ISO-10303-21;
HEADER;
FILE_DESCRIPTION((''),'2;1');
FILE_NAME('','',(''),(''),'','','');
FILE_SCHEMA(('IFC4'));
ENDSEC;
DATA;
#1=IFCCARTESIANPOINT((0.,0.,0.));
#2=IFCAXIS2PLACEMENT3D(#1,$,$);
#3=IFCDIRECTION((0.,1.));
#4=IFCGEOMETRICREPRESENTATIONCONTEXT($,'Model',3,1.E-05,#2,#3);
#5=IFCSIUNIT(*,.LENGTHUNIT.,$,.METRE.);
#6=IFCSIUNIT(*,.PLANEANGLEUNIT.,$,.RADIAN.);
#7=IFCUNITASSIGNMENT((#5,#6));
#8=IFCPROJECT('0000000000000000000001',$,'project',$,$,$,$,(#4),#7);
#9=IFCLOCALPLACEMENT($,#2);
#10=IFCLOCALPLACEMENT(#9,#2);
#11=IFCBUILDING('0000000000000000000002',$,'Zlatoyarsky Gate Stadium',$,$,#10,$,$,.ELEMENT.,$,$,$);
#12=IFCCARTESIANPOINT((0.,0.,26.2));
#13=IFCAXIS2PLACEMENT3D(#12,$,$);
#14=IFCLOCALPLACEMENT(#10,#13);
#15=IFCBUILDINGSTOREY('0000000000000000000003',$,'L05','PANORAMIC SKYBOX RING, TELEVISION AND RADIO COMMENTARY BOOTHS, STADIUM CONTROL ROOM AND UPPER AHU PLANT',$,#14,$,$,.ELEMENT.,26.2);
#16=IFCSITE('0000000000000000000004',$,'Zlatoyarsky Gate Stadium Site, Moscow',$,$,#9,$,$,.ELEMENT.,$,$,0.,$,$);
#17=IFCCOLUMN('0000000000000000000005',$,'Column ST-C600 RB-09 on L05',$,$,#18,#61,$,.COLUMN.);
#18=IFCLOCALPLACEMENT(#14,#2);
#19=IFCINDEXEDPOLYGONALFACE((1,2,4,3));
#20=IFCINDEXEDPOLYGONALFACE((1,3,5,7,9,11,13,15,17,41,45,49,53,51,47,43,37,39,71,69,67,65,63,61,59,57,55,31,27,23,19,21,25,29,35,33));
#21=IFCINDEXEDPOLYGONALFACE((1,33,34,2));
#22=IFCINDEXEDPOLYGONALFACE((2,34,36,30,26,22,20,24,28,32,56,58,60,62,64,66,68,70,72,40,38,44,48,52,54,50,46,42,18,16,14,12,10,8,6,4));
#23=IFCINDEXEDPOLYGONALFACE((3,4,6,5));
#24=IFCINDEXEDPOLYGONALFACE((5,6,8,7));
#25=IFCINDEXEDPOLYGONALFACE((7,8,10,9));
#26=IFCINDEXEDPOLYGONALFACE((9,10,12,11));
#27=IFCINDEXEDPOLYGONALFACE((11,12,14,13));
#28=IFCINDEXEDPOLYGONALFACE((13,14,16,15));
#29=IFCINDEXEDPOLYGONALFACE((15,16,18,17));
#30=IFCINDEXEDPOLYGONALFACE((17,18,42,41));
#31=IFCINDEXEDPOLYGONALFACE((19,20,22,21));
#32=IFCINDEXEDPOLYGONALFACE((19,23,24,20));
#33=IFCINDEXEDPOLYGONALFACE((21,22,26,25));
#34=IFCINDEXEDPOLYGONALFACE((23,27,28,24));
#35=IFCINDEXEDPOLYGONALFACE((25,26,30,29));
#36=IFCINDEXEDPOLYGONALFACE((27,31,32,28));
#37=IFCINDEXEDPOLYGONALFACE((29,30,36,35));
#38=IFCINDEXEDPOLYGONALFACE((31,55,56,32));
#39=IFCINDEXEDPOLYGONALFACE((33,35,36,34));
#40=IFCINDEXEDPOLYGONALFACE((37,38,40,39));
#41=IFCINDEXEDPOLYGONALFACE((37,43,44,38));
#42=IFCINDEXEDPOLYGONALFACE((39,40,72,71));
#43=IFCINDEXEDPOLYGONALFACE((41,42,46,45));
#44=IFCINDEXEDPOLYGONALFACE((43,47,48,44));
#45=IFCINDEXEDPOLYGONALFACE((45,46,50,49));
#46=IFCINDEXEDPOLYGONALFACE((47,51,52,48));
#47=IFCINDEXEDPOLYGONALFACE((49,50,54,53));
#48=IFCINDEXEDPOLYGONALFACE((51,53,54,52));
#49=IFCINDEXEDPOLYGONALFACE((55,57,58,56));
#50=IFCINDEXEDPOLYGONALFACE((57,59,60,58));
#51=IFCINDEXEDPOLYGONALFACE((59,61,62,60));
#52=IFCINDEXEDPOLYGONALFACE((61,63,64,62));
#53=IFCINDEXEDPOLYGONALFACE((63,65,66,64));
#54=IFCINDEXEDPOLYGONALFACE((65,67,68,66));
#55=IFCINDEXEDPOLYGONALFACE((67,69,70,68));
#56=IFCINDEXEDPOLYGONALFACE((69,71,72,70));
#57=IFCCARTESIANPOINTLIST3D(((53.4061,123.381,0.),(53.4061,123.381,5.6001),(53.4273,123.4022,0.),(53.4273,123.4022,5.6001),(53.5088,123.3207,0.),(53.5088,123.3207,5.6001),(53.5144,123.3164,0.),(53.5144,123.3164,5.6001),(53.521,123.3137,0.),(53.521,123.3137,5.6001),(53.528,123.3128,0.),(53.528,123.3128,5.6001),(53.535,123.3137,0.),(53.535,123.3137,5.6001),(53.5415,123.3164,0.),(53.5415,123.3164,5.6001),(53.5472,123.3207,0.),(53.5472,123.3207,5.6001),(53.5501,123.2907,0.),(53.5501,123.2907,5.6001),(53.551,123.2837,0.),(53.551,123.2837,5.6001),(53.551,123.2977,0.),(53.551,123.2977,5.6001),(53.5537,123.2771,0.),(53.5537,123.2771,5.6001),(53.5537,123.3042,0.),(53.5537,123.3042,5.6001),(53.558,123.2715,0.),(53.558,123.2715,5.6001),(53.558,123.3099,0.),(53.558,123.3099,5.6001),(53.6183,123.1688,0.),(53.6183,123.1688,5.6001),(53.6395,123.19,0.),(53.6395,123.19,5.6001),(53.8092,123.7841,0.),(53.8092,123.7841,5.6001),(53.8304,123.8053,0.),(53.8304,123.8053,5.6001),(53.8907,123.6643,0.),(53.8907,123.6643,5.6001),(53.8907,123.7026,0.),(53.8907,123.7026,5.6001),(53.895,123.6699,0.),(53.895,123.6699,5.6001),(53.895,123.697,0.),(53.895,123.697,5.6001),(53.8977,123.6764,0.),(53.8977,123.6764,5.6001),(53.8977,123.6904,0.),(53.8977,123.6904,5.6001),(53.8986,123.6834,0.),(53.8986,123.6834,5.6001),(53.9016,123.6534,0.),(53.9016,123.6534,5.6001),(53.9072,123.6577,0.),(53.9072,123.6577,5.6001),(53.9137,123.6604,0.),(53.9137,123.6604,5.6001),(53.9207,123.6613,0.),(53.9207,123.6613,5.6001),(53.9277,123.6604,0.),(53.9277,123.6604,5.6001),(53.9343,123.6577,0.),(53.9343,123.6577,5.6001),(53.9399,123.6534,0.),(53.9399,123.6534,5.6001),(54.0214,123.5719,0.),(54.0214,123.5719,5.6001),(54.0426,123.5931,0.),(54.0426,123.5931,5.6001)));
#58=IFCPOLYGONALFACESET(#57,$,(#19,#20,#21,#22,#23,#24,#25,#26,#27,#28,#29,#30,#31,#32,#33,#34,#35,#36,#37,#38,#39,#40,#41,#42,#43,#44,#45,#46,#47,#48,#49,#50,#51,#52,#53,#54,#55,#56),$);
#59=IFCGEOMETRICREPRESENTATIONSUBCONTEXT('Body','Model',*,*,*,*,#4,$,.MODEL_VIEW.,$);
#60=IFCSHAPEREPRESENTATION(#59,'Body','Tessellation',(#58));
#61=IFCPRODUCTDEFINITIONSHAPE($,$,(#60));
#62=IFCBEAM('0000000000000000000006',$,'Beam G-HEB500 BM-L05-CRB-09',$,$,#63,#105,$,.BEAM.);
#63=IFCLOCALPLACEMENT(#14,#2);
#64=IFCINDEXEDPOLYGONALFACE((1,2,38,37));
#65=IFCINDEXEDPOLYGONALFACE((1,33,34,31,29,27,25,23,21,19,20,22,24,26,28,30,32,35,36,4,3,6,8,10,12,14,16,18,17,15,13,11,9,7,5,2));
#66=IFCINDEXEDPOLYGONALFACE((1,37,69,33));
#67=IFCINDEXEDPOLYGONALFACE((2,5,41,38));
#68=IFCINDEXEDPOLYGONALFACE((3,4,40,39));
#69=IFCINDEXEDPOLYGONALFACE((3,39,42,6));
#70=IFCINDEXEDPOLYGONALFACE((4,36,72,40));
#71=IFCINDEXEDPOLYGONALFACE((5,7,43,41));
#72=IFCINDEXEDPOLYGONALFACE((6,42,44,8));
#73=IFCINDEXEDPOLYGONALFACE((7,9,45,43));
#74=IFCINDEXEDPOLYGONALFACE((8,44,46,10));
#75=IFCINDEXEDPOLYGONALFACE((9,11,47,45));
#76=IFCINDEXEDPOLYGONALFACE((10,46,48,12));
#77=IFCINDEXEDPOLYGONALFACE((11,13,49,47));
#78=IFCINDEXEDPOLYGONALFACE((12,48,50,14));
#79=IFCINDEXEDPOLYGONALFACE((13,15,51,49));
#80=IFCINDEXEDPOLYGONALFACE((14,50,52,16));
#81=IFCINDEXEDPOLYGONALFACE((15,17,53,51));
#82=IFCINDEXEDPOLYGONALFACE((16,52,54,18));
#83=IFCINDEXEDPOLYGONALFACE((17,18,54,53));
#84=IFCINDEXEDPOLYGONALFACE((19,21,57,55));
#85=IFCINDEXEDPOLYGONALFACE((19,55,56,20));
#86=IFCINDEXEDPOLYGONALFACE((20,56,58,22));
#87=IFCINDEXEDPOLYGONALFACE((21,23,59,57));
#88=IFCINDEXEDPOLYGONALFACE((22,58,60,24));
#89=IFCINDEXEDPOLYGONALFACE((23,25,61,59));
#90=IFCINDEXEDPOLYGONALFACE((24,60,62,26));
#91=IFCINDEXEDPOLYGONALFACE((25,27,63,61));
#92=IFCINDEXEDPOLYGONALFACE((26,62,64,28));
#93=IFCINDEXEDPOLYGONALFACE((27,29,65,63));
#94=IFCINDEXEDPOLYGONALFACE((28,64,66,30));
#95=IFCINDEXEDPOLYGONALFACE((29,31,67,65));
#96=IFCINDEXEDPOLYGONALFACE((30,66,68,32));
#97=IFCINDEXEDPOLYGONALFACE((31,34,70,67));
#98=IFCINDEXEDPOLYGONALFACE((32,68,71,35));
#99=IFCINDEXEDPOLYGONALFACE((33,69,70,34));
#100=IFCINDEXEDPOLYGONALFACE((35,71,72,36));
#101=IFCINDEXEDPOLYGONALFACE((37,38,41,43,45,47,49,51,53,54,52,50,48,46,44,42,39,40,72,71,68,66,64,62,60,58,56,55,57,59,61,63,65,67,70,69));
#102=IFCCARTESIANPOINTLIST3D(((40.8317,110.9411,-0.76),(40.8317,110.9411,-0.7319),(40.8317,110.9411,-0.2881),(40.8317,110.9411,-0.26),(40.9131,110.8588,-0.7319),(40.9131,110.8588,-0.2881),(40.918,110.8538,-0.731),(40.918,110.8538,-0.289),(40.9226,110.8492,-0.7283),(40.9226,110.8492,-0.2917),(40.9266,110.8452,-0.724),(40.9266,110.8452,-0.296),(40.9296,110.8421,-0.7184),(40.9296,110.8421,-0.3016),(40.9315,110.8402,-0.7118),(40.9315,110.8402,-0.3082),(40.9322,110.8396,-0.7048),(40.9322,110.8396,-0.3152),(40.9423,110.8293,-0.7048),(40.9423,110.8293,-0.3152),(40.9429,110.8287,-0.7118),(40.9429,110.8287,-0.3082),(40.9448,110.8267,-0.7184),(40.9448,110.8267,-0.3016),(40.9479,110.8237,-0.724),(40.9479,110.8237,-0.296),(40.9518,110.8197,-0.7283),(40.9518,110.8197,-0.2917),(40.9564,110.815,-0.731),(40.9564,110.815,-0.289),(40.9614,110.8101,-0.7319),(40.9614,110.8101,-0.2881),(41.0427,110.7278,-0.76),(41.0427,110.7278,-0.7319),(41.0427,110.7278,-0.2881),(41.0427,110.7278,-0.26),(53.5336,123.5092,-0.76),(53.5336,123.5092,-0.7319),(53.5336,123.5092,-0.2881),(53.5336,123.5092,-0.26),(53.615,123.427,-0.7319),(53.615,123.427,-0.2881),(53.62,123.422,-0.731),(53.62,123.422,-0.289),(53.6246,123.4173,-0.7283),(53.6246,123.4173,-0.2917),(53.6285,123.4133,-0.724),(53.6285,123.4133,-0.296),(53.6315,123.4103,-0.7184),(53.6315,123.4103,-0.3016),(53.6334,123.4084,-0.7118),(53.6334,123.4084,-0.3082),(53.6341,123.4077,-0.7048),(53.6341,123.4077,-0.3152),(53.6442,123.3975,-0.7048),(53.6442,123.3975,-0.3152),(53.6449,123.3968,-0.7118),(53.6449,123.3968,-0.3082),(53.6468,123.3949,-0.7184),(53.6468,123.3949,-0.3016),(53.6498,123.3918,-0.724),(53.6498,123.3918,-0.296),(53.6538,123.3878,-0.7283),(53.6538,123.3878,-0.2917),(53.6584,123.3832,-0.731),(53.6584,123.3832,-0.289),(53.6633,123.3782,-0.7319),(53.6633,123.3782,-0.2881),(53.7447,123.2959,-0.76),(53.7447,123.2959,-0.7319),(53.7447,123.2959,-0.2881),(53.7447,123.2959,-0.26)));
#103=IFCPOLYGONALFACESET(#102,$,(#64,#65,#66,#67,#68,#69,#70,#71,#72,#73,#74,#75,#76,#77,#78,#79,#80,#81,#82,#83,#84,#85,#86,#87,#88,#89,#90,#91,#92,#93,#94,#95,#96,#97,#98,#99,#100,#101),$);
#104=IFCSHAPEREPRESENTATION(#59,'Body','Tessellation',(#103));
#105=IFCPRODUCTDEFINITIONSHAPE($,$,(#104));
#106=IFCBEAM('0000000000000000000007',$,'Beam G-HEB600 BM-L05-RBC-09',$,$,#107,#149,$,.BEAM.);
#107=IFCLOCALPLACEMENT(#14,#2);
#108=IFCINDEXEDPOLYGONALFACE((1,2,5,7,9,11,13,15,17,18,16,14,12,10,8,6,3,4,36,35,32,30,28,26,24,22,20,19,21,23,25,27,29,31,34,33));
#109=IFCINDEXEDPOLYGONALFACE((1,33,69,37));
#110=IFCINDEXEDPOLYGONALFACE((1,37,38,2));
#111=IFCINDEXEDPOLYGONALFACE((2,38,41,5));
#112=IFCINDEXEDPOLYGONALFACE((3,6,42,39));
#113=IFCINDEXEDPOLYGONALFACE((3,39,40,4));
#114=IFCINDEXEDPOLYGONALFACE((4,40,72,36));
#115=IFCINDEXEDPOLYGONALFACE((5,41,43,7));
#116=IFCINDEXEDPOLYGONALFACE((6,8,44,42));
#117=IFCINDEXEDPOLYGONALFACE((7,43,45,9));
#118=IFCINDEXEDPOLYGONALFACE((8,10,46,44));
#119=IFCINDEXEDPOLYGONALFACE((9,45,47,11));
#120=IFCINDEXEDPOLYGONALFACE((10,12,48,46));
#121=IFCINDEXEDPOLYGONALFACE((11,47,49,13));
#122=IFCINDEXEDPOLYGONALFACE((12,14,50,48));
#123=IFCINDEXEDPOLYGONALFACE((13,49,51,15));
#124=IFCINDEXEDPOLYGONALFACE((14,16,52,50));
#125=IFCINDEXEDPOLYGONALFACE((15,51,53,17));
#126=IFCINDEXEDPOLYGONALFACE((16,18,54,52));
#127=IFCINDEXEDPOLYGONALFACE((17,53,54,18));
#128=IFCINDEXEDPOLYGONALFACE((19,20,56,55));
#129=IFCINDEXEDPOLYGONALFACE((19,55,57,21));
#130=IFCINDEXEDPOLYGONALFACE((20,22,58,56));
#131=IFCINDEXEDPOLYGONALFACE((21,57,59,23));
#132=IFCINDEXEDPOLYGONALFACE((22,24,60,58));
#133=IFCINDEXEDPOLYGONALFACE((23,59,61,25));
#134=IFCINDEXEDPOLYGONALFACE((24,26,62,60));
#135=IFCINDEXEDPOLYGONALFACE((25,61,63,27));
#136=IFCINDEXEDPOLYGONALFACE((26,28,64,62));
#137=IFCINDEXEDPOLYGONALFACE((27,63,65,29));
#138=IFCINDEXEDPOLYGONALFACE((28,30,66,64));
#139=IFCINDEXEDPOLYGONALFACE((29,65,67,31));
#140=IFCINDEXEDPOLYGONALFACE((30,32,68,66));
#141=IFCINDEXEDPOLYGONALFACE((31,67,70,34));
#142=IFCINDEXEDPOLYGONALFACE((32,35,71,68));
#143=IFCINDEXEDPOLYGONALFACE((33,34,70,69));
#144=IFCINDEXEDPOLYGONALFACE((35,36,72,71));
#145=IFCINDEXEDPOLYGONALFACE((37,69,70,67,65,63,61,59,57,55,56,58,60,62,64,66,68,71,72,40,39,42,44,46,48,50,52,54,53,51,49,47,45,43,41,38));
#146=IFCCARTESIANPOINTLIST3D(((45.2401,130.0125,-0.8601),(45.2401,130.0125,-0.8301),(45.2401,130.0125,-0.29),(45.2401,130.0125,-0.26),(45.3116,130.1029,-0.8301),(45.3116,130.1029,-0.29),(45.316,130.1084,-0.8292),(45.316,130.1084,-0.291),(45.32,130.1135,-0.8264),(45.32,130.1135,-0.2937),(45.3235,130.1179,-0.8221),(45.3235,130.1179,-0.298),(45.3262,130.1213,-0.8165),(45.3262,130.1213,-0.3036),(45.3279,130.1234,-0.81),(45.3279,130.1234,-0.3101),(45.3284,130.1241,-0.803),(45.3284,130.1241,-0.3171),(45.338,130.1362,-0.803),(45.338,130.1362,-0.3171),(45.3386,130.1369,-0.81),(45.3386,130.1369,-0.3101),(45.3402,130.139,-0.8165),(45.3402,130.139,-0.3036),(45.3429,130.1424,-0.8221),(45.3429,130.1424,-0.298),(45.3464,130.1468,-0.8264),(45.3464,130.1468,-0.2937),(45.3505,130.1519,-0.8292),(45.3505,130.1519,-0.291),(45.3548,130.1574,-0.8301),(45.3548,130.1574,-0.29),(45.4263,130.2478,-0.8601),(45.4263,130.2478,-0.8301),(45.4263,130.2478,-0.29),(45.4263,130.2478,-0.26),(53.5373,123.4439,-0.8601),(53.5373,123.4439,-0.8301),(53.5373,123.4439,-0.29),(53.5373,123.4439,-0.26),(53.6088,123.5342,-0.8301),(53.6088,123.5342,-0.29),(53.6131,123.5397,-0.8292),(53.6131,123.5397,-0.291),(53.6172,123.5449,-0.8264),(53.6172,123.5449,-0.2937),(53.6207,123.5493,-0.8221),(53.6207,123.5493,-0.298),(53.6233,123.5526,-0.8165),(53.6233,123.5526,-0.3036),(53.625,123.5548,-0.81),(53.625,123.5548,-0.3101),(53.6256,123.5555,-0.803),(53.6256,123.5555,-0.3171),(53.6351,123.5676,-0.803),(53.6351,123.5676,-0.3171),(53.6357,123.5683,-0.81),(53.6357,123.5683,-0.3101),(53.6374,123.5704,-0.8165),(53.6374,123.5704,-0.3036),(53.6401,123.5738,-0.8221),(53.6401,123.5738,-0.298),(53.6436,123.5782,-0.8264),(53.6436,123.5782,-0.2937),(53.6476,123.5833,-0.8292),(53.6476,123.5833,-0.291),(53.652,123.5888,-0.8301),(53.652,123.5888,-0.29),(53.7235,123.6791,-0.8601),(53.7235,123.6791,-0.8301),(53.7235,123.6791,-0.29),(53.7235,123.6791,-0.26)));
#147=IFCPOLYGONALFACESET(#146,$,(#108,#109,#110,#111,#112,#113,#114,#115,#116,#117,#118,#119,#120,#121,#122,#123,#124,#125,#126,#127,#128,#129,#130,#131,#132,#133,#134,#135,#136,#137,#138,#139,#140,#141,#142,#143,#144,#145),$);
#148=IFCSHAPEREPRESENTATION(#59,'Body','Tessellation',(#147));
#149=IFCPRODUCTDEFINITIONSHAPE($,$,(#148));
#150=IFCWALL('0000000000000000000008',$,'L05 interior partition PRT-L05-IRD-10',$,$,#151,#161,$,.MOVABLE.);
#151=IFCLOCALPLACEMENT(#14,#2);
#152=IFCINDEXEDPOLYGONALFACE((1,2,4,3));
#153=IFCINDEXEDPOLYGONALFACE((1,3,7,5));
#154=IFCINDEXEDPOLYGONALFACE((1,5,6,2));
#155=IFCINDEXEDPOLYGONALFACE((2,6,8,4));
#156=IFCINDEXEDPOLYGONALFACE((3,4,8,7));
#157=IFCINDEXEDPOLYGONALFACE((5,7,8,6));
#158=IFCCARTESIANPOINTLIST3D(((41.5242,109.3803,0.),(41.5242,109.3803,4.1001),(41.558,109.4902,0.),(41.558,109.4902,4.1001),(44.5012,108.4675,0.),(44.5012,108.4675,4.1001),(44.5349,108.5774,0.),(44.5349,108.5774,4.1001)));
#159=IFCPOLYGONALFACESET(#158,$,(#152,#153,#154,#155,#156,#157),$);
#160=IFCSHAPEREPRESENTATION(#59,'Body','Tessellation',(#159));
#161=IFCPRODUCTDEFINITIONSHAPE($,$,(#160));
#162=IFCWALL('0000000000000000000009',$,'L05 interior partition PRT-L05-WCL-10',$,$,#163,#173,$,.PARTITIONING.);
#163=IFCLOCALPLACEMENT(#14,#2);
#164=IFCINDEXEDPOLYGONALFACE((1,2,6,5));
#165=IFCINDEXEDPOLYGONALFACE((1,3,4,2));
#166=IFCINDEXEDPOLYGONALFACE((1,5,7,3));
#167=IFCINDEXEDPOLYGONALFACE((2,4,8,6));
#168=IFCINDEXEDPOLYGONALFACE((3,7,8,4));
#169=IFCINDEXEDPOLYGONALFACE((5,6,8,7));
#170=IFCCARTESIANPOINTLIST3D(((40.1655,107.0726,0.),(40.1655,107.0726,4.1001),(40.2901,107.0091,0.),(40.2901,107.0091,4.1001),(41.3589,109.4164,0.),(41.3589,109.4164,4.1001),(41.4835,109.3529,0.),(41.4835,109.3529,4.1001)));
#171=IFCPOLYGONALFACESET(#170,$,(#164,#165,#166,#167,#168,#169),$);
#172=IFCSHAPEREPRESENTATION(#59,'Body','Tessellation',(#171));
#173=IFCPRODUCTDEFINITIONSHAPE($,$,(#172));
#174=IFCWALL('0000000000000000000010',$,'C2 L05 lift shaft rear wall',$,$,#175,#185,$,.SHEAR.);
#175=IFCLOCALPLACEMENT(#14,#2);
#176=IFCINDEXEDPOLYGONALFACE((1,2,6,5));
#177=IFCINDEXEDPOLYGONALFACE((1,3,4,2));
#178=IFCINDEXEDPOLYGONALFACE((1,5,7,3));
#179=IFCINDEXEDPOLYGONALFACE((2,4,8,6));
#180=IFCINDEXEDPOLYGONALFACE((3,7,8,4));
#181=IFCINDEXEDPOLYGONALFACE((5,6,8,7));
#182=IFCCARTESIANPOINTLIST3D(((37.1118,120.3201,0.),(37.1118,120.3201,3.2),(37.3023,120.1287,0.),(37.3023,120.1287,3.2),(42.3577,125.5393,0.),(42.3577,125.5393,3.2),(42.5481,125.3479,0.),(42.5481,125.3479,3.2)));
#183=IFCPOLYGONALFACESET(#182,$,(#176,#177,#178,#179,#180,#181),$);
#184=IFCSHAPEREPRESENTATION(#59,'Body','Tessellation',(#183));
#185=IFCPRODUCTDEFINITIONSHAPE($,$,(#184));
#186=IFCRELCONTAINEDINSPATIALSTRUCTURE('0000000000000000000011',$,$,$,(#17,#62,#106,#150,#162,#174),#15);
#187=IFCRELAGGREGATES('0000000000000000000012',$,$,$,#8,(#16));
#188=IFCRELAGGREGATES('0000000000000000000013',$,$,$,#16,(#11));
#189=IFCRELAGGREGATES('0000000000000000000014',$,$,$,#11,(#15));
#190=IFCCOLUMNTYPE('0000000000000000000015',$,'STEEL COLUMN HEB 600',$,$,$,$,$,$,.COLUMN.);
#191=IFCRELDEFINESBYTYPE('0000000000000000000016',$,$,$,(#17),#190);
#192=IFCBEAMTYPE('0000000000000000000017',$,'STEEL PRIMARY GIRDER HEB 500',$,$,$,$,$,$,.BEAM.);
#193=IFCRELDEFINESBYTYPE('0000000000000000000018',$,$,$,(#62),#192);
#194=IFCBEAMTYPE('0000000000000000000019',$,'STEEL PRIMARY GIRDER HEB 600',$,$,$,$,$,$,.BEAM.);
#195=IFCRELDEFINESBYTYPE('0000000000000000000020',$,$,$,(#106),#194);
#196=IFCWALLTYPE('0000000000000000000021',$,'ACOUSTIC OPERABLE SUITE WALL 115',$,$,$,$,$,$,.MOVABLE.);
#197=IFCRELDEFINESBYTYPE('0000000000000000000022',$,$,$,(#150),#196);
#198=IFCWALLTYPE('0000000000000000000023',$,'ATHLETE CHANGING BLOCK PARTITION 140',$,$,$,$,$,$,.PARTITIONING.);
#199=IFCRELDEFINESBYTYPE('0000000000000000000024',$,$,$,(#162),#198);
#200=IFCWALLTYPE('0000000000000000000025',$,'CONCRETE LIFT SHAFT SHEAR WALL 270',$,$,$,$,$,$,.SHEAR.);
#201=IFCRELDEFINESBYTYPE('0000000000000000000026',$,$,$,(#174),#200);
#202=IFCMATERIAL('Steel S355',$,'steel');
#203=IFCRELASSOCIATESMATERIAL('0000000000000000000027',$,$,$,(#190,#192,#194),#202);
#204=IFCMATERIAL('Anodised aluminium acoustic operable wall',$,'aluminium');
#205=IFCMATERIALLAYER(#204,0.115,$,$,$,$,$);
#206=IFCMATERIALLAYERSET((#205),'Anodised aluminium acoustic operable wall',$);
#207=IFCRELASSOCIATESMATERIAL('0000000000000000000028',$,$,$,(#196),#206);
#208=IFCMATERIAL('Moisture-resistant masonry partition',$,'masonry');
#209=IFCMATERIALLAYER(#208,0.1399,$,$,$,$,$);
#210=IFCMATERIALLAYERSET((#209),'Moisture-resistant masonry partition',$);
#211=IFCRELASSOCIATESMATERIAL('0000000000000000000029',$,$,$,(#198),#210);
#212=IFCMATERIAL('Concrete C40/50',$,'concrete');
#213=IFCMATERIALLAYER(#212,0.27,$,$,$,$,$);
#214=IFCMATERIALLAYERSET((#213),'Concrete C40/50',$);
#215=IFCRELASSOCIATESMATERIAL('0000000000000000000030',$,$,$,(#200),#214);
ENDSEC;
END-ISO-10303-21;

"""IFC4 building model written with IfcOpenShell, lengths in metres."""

from ifc_helpers import new_model, si_unit, direction, frame, frame_2d, origin, origin_2d, place, context, subcontext, project, spatial, rectangle, i_section, extrude, material, layer, layer_set, material_profile, profile_set, type_object, element, save


model = new_model("IFC4")

# Units and contexts
model_context = context("Model", 3, precision=1e-05, world=origin(), true_north=direction((0.0, 1.0)))
body_context = subcontext(model_context, "Body", "Model", "MODEL_VIEW")
ifc_project = project(units=[si_unit("LENGTHUNIT", "METRE"), si_unit("PLANEANGLEUNIT", "RADIAN")], contexts=[model_context])

# Site, building, storey
site_placement = place(None, origin())
site = spatial("IfcSite", under=ifc_project, at=site_placement, Name="Zlatoyarsky Gate Stadium Site, Moscow", CompositionType="ELEMENT", RefElevation=0.0)
building_placement = place(site_placement, origin())
building = spatial("IfcBuilding", under=site, at=building_placement, Name="Zlatoyarsky Gate Stadium", CompositionType="ELEMENT")
storey_placement = place(building_placement, frame((0.0, 0.0, 26.2)))
storey = spatial("IfcBuildingStorey", under=building, at=storey_placement, Name="L05", Description="PANORAMIC SKYBOX RING, TELEVISION AND RADIO COMMENTARY BOOTHS, STADIUM CONTROL ROOM AND UPPER AHU PLANT", CompositionType="ELEMENT", Elevation=26.2)

# Column
ifc_material_1 = material(Name="Steel S355", Category="steel")
ifc_material_profile_1 = material_profile(ifc_material_1, i_section(OverallWidth=0.3, OverallDepth=0.6001, WebThickness=0.0154, FlangeThickness=0.03, FilletRadius=0.0271, at=origin_2d()), Name="HEB 600")
ifc_profile_set_1 = profile_set([ifc_material_profile_1], Name="Steel S355")
column_type = type_object("IfcColumnType", Name="STEEL COLUMN HEB 600", PredefinedType="COLUMN", material=ifc_profile_set_1)
column_placement = place(storey_placement, frame((53.7244, 123.4871, 0.0), z_axis=(0.0, 0.0, 1.0), x_axis=(-0.707107, 0.707107, 0.0)))
element("IfcColumn", 1, at=column_placement, inside=storey, type_object=column_type, Name="Column ST-C600 RB-09 on L05", PredefinedType="COLUMN", context=body_context, shape_type="SweptSolid", body=[
    extrude(i_section(OverallWidth=0.3, OverallDepth=0.6001, WebThickness=0.0154, FlangeThickness=0.03, FilletRadius=0.0271, at=origin_2d()), origin(), (0.0, 0.0, 1.0), 5.6001),
])

# Beams
ifc_material_profile_2 = material_profile(ifc_material_1, i_section(OverallWidth=0.3, OverallDepth=0.5, WebThickness=0.0144, FlangeThickness=0.0281, FilletRadius=0.0271, at=origin_2d()), Name="HEB 500")
ifc_profile_set_2 = profile_set([ifc_material_profile_2], Name="Steel S355")
beam_type_1 = type_object("IfcBeamType", Name="STEEL PRIMARY GIRDER HEB 500", PredefinedType="BEAM", material=ifc_profile_set_2)
beam_1_placement = place(storey_placement, frame((53.6392, 123.4026, -0.51), z_axis=(-0.710841, -0.703353, 0.0), x_axis=(0.703353, -0.710841, 0.0)))
element("IfcBeam", 2, at=beam_1_placement, inside=storey, type_object=beam_type_1, Name="Beam G-HEB500 BM-L05-CRB-09", PredefinedType="BEAM", context=body_context, shape_type="SweptSolid", body=[
    extrude(i_section(OverallWidth=0.3, OverallDepth=0.5, WebThickness=0.0144, FlangeThickness=0.0281, FilletRadius=0.0271, at=origin_2d()), origin(), (0.0, 0.0, 1.0), 17.8689),
])
ifc_material_profile_3 = material_profile(ifc_material_1, i_section(OverallWidth=0.3, OverallDepth=0.6001, WebThickness=0.0154, FlangeThickness=0.03, FilletRadius=0.0271, at=origin_2d()), Name="HEB 600")
ifc_profile_set_3 = profile_set([ifc_material_profile_3], Name="Steel S355")
beam_type_2 = type_object("IfcBeamType", Name="STEEL PRIMARY GIRDER HEB 600", PredefinedType="BEAM", material=ifc_profile_set_3)
beam_2_placement = place(storey_placement, frame((53.6304, 123.5615, -0.5601), z_axis=(-0.784043, 0.620706, 0.0), x_axis=(-0.620706, -0.784043, 0.0)))
element("IfcBeam", 3, at=beam_2_placement, inside=storey, type_object=beam_type_2, Name="Beam G-HEB600 BM-L05-RBC-09", PredefinedType="BEAM", context=body_context, shape_type="SweptSolid", body=[
    extrude(i_section(OverallWidth=0.3, OverallDepth=0.6001, WebThickness=0.0154, FlangeThickness=0.03, FilletRadius=0.0271, at=origin_2d()), origin(), (0.0, 0.0, 1.0), 10.5825),
])

# Walls
ifc_material_2 = material(Name="Anodised aluminium acoustic operable wall", Category="aluminium")
ifc_layer_1 = layer(ifc_material_2, 0.115)
ifc_layer_set_1 = layer_set([ifc_layer_1], Name="Anodised aluminium acoustic operable wall")
wall_type_1 = type_object("IfcWallType", Name="ACOUSTIC OPERABLE SUITE WALL 115", PredefinedType="MOVABLE", material=ifc_layer_set_1)
wall_1_placement = place(storey_placement, frame((44.5181, 108.5225, 0.0), z_axis=(0.0, 0.0, 1.0), x_axis=(-0.956065, 0.293155, 0.0)))
element("IfcWall", 4, at=wall_1_placement, inside=storey, type_object=wall_type_1, Name="L05 interior partition PRT-L05-IRD-10", PredefinedType="MOVABLE", context=body_context, shape_type="SweptSolid", body=[
    extrude(rectangle(XDim=3.1138, YDim=0.115, at=frame_2d((1.5569, 0.0))), origin(), (0.0, 0.0, 1.0), 4.1001),
])
ifc_material_3 = material(Name="Moisture-resistant masonry partition", Category="masonry")
ifc_layer_2 = layer(ifc_material_3, 0.1399)
ifc_layer_set_2 = layer_set([ifc_layer_2], Name="Moisture-resistant masonry partition")
wall_type_2 = type_object("IfcWallType", Name="ATHLETE CHANGING BLOCK PARTITION 140", PredefinedType="PARTITIONING", material=ifc_layer_set_2)
wall_2_placement = place(storey_placement, frame((41.4211, 109.3845, 0.0), z_axis=(0.0, 0.0, 1.0), x_axis=(-0.453737, -0.891136, 0.0)))
element("IfcWall", 5, at=wall_2_placement, inside=storey, type_object=wall_type_2, Name="L05 interior partition PRT-L05-WCL-10", PredefinedType="PARTITIONING", context=body_context, shape_type="SweptSolid", body=[
    extrude(rectangle(XDim=2.6301, YDim=0.1399, at=frame_2d((1.3149, 0.0))), origin(), (0.0, 0.0, 1.0), 4.1001),
])
ifc_material_4 = material(Name="Concrete C40/50", Category="concrete")
ifc_layer_3 = layer(ifc_material_4, 0.27)
ifc_layer_set_3 = layer_set([ifc_layer_3], Name="Concrete C40/50")
wall_type_3 = type_object("IfcWallType", Name="CONCRETE LIFT SHAFT SHEAR WALL 270", PredefinedType="SHEAR", material=ifc_layer_set_3)
wall_3_placement = place(storey_placement, frame((42.4529, 125.4436, 0.0), z_axis=(0.0, 0.0, 1.0), x_axis=(-0.708903, -0.705306, 0.0)))
element("IfcWall", 6, at=wall_3_placement, inside=storey, type_object=wall_type_3, Name="C2 L05 lift shaft rear wall", PredefinedType="SHEAR", context=body_context, shape_type="SweptSolid", body=[
    extrude(rectangle(XDim=7.3999, YDim=0.27, at=frame_2d((3.7, 0.0))), origin(), (0.0, 0.0, 1.0), 3.2),
])

save(model, "model.ifc")
